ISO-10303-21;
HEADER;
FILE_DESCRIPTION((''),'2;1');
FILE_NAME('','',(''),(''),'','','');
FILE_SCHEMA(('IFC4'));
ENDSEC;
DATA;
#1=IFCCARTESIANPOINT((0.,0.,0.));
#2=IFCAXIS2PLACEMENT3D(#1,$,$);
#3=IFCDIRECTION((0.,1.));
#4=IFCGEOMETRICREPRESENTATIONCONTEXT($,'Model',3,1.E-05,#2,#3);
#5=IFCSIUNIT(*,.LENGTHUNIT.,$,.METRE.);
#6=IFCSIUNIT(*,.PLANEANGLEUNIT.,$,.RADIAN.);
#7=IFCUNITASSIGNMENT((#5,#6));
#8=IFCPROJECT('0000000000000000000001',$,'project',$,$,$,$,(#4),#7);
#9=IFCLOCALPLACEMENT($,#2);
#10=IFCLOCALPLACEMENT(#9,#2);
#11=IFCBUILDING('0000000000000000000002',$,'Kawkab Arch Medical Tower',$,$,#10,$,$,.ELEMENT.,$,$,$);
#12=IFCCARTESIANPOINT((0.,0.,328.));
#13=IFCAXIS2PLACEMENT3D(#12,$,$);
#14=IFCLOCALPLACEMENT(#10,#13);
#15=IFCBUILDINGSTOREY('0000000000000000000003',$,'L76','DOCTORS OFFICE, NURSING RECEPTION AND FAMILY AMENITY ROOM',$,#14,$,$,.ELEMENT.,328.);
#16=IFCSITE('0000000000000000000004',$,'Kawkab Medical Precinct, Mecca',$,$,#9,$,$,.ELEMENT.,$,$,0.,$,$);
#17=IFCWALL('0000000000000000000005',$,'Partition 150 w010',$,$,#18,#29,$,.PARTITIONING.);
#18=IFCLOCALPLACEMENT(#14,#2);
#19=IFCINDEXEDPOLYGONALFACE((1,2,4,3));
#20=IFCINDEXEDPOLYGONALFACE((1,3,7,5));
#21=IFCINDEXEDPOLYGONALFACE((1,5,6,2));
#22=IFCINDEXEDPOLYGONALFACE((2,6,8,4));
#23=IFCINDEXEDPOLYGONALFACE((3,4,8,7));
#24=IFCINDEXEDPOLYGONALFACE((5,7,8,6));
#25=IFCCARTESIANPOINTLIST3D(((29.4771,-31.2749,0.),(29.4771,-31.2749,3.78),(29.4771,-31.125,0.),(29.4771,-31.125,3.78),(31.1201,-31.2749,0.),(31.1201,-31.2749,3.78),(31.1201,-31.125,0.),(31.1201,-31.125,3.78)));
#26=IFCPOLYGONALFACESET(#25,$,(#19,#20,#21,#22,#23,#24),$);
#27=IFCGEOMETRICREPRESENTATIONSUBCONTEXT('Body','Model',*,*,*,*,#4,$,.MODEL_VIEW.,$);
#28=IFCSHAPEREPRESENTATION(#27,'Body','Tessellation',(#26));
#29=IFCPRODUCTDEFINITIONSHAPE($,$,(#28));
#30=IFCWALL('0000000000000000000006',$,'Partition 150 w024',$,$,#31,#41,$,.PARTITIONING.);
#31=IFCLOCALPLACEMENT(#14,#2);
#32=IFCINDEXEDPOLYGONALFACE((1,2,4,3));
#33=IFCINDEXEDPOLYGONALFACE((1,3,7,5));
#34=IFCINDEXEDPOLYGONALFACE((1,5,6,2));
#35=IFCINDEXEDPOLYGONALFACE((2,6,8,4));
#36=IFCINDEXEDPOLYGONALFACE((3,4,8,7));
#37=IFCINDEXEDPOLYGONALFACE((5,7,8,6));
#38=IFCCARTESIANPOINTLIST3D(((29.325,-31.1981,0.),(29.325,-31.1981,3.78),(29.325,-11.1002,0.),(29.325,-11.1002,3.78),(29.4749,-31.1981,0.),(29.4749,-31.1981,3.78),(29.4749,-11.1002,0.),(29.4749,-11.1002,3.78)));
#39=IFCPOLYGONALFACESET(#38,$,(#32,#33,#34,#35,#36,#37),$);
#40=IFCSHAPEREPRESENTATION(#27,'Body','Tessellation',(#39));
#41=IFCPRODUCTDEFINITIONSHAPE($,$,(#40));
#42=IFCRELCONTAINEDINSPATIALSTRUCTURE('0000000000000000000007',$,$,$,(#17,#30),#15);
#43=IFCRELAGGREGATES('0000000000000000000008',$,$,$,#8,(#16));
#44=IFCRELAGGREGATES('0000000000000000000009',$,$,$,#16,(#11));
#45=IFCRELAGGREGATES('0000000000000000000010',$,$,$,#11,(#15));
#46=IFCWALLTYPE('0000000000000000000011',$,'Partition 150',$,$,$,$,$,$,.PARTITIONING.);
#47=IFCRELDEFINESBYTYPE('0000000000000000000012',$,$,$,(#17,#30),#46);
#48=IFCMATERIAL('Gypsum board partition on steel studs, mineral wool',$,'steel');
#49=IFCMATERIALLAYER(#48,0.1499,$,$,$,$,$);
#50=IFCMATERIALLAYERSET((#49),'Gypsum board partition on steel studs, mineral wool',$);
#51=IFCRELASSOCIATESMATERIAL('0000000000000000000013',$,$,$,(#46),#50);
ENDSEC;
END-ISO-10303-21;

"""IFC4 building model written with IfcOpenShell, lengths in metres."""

from ifc_helpers import new_model, si_unit, direction, frame, frame_2d, origin, place, context, subcontext, project, spatial, rectangle, extrude, material, layer, layer_set, type_object, element, save


model = new_model("IFC4")

# Units and contexts
model_context = context("Model", 3, precision=1e-05, world=origin(), true_north=direction((0.0, 1.0)))
body_context = subcontext(model_context, "Body", "Model", "MODEL_VIEW")
ifc_project = project(units=[si_unit("LENGTHUNIT", "METRE"), si_unit("PLANEANGLEUNIT", "RADIAN")], contexts=[model_context])

# Site, building, storey
site_placement = place(None, origin())
site = spatial("IfcSite", under=ifc_project, at=site_placement, Name="Kawkab Medical Precinct, Mecca", CompositionType="ELEMENT", RefElevation=0.0)
building_placement = place(site_placement, origin())
building = spatial("IfcBuilding", under=site, at=building_placement, Name="Kawkab Arch Medical Tower", CompositionType="ELEMENT")
storey_placement = place(building_placement, frame((0.0, 0.0, 328.0)))
storey = spatial("IfcBuildingStorey", under=building, at=storey_placement, Name="L76", Description="DOCTORS OFFICE, NURSING RECEPTION AND FAMILY AMENITY ROOM", CompositionType="ELEMENT", Elevation=328.0)

# Walls
ifc_material_1 = material(Name="Gypsum board partition on steel studs, mineral wool", Category="steel")
ifc_layer_1 = layer(ifc_material_1, 0.1499)
ifc_layer_set_1 = layer_set([ifc_layer_1], Name="Gypsum board partition on steel studs, mineral wool")
wall_type_1 = type_object("IfcWallType", Name="Partition 150", PredefinedType="PARTITIONING", material=ifc_layer_set_1)
wall_1_placement = place(storey_placement, frame((29.4771, -31.2, 0.0), z_axis=(0.0, 0.0, 1.0), x_axis=(1.0, 0.0, 0.0)))
element("IfcWall", 1, at=wall_1_placement, inside=storey, type_object=wall_type_1, Name="Partition 150 w010", PredefinedType="PARTITIONING", context=body_context, shape_type="SweptSolid", body=[
    extrude(rectangle(XDim=1.6431, YDim=0.1499, at=frame_2d((0.8215, 0.0))), origin(), (0.0, 0.0, 1.0), 3.78),
])
wall_2_placement = place(storey_placement, frame((29.3999, -31.198, 0.0), z_axis=(0.0, 0.0, 1.0), x_axis=(0.0, 1.0, 0.0)))
element("IfcWall", 2, at=wall_2_placement, inside=storey, type_object=wall_type_1, Name="Partition 150 w024", PredefinedType="PARTITIONING", context=body_context, shape_type="SweptSolid", body=[
    extrude(rectangle(XDim=20.0979, YDim=0.1499, at=frame_2d((10.0488, 0.0))), origin(), (0.0, 0.0, 1.0), 3.78),
])

save(model, "model.ifc")
